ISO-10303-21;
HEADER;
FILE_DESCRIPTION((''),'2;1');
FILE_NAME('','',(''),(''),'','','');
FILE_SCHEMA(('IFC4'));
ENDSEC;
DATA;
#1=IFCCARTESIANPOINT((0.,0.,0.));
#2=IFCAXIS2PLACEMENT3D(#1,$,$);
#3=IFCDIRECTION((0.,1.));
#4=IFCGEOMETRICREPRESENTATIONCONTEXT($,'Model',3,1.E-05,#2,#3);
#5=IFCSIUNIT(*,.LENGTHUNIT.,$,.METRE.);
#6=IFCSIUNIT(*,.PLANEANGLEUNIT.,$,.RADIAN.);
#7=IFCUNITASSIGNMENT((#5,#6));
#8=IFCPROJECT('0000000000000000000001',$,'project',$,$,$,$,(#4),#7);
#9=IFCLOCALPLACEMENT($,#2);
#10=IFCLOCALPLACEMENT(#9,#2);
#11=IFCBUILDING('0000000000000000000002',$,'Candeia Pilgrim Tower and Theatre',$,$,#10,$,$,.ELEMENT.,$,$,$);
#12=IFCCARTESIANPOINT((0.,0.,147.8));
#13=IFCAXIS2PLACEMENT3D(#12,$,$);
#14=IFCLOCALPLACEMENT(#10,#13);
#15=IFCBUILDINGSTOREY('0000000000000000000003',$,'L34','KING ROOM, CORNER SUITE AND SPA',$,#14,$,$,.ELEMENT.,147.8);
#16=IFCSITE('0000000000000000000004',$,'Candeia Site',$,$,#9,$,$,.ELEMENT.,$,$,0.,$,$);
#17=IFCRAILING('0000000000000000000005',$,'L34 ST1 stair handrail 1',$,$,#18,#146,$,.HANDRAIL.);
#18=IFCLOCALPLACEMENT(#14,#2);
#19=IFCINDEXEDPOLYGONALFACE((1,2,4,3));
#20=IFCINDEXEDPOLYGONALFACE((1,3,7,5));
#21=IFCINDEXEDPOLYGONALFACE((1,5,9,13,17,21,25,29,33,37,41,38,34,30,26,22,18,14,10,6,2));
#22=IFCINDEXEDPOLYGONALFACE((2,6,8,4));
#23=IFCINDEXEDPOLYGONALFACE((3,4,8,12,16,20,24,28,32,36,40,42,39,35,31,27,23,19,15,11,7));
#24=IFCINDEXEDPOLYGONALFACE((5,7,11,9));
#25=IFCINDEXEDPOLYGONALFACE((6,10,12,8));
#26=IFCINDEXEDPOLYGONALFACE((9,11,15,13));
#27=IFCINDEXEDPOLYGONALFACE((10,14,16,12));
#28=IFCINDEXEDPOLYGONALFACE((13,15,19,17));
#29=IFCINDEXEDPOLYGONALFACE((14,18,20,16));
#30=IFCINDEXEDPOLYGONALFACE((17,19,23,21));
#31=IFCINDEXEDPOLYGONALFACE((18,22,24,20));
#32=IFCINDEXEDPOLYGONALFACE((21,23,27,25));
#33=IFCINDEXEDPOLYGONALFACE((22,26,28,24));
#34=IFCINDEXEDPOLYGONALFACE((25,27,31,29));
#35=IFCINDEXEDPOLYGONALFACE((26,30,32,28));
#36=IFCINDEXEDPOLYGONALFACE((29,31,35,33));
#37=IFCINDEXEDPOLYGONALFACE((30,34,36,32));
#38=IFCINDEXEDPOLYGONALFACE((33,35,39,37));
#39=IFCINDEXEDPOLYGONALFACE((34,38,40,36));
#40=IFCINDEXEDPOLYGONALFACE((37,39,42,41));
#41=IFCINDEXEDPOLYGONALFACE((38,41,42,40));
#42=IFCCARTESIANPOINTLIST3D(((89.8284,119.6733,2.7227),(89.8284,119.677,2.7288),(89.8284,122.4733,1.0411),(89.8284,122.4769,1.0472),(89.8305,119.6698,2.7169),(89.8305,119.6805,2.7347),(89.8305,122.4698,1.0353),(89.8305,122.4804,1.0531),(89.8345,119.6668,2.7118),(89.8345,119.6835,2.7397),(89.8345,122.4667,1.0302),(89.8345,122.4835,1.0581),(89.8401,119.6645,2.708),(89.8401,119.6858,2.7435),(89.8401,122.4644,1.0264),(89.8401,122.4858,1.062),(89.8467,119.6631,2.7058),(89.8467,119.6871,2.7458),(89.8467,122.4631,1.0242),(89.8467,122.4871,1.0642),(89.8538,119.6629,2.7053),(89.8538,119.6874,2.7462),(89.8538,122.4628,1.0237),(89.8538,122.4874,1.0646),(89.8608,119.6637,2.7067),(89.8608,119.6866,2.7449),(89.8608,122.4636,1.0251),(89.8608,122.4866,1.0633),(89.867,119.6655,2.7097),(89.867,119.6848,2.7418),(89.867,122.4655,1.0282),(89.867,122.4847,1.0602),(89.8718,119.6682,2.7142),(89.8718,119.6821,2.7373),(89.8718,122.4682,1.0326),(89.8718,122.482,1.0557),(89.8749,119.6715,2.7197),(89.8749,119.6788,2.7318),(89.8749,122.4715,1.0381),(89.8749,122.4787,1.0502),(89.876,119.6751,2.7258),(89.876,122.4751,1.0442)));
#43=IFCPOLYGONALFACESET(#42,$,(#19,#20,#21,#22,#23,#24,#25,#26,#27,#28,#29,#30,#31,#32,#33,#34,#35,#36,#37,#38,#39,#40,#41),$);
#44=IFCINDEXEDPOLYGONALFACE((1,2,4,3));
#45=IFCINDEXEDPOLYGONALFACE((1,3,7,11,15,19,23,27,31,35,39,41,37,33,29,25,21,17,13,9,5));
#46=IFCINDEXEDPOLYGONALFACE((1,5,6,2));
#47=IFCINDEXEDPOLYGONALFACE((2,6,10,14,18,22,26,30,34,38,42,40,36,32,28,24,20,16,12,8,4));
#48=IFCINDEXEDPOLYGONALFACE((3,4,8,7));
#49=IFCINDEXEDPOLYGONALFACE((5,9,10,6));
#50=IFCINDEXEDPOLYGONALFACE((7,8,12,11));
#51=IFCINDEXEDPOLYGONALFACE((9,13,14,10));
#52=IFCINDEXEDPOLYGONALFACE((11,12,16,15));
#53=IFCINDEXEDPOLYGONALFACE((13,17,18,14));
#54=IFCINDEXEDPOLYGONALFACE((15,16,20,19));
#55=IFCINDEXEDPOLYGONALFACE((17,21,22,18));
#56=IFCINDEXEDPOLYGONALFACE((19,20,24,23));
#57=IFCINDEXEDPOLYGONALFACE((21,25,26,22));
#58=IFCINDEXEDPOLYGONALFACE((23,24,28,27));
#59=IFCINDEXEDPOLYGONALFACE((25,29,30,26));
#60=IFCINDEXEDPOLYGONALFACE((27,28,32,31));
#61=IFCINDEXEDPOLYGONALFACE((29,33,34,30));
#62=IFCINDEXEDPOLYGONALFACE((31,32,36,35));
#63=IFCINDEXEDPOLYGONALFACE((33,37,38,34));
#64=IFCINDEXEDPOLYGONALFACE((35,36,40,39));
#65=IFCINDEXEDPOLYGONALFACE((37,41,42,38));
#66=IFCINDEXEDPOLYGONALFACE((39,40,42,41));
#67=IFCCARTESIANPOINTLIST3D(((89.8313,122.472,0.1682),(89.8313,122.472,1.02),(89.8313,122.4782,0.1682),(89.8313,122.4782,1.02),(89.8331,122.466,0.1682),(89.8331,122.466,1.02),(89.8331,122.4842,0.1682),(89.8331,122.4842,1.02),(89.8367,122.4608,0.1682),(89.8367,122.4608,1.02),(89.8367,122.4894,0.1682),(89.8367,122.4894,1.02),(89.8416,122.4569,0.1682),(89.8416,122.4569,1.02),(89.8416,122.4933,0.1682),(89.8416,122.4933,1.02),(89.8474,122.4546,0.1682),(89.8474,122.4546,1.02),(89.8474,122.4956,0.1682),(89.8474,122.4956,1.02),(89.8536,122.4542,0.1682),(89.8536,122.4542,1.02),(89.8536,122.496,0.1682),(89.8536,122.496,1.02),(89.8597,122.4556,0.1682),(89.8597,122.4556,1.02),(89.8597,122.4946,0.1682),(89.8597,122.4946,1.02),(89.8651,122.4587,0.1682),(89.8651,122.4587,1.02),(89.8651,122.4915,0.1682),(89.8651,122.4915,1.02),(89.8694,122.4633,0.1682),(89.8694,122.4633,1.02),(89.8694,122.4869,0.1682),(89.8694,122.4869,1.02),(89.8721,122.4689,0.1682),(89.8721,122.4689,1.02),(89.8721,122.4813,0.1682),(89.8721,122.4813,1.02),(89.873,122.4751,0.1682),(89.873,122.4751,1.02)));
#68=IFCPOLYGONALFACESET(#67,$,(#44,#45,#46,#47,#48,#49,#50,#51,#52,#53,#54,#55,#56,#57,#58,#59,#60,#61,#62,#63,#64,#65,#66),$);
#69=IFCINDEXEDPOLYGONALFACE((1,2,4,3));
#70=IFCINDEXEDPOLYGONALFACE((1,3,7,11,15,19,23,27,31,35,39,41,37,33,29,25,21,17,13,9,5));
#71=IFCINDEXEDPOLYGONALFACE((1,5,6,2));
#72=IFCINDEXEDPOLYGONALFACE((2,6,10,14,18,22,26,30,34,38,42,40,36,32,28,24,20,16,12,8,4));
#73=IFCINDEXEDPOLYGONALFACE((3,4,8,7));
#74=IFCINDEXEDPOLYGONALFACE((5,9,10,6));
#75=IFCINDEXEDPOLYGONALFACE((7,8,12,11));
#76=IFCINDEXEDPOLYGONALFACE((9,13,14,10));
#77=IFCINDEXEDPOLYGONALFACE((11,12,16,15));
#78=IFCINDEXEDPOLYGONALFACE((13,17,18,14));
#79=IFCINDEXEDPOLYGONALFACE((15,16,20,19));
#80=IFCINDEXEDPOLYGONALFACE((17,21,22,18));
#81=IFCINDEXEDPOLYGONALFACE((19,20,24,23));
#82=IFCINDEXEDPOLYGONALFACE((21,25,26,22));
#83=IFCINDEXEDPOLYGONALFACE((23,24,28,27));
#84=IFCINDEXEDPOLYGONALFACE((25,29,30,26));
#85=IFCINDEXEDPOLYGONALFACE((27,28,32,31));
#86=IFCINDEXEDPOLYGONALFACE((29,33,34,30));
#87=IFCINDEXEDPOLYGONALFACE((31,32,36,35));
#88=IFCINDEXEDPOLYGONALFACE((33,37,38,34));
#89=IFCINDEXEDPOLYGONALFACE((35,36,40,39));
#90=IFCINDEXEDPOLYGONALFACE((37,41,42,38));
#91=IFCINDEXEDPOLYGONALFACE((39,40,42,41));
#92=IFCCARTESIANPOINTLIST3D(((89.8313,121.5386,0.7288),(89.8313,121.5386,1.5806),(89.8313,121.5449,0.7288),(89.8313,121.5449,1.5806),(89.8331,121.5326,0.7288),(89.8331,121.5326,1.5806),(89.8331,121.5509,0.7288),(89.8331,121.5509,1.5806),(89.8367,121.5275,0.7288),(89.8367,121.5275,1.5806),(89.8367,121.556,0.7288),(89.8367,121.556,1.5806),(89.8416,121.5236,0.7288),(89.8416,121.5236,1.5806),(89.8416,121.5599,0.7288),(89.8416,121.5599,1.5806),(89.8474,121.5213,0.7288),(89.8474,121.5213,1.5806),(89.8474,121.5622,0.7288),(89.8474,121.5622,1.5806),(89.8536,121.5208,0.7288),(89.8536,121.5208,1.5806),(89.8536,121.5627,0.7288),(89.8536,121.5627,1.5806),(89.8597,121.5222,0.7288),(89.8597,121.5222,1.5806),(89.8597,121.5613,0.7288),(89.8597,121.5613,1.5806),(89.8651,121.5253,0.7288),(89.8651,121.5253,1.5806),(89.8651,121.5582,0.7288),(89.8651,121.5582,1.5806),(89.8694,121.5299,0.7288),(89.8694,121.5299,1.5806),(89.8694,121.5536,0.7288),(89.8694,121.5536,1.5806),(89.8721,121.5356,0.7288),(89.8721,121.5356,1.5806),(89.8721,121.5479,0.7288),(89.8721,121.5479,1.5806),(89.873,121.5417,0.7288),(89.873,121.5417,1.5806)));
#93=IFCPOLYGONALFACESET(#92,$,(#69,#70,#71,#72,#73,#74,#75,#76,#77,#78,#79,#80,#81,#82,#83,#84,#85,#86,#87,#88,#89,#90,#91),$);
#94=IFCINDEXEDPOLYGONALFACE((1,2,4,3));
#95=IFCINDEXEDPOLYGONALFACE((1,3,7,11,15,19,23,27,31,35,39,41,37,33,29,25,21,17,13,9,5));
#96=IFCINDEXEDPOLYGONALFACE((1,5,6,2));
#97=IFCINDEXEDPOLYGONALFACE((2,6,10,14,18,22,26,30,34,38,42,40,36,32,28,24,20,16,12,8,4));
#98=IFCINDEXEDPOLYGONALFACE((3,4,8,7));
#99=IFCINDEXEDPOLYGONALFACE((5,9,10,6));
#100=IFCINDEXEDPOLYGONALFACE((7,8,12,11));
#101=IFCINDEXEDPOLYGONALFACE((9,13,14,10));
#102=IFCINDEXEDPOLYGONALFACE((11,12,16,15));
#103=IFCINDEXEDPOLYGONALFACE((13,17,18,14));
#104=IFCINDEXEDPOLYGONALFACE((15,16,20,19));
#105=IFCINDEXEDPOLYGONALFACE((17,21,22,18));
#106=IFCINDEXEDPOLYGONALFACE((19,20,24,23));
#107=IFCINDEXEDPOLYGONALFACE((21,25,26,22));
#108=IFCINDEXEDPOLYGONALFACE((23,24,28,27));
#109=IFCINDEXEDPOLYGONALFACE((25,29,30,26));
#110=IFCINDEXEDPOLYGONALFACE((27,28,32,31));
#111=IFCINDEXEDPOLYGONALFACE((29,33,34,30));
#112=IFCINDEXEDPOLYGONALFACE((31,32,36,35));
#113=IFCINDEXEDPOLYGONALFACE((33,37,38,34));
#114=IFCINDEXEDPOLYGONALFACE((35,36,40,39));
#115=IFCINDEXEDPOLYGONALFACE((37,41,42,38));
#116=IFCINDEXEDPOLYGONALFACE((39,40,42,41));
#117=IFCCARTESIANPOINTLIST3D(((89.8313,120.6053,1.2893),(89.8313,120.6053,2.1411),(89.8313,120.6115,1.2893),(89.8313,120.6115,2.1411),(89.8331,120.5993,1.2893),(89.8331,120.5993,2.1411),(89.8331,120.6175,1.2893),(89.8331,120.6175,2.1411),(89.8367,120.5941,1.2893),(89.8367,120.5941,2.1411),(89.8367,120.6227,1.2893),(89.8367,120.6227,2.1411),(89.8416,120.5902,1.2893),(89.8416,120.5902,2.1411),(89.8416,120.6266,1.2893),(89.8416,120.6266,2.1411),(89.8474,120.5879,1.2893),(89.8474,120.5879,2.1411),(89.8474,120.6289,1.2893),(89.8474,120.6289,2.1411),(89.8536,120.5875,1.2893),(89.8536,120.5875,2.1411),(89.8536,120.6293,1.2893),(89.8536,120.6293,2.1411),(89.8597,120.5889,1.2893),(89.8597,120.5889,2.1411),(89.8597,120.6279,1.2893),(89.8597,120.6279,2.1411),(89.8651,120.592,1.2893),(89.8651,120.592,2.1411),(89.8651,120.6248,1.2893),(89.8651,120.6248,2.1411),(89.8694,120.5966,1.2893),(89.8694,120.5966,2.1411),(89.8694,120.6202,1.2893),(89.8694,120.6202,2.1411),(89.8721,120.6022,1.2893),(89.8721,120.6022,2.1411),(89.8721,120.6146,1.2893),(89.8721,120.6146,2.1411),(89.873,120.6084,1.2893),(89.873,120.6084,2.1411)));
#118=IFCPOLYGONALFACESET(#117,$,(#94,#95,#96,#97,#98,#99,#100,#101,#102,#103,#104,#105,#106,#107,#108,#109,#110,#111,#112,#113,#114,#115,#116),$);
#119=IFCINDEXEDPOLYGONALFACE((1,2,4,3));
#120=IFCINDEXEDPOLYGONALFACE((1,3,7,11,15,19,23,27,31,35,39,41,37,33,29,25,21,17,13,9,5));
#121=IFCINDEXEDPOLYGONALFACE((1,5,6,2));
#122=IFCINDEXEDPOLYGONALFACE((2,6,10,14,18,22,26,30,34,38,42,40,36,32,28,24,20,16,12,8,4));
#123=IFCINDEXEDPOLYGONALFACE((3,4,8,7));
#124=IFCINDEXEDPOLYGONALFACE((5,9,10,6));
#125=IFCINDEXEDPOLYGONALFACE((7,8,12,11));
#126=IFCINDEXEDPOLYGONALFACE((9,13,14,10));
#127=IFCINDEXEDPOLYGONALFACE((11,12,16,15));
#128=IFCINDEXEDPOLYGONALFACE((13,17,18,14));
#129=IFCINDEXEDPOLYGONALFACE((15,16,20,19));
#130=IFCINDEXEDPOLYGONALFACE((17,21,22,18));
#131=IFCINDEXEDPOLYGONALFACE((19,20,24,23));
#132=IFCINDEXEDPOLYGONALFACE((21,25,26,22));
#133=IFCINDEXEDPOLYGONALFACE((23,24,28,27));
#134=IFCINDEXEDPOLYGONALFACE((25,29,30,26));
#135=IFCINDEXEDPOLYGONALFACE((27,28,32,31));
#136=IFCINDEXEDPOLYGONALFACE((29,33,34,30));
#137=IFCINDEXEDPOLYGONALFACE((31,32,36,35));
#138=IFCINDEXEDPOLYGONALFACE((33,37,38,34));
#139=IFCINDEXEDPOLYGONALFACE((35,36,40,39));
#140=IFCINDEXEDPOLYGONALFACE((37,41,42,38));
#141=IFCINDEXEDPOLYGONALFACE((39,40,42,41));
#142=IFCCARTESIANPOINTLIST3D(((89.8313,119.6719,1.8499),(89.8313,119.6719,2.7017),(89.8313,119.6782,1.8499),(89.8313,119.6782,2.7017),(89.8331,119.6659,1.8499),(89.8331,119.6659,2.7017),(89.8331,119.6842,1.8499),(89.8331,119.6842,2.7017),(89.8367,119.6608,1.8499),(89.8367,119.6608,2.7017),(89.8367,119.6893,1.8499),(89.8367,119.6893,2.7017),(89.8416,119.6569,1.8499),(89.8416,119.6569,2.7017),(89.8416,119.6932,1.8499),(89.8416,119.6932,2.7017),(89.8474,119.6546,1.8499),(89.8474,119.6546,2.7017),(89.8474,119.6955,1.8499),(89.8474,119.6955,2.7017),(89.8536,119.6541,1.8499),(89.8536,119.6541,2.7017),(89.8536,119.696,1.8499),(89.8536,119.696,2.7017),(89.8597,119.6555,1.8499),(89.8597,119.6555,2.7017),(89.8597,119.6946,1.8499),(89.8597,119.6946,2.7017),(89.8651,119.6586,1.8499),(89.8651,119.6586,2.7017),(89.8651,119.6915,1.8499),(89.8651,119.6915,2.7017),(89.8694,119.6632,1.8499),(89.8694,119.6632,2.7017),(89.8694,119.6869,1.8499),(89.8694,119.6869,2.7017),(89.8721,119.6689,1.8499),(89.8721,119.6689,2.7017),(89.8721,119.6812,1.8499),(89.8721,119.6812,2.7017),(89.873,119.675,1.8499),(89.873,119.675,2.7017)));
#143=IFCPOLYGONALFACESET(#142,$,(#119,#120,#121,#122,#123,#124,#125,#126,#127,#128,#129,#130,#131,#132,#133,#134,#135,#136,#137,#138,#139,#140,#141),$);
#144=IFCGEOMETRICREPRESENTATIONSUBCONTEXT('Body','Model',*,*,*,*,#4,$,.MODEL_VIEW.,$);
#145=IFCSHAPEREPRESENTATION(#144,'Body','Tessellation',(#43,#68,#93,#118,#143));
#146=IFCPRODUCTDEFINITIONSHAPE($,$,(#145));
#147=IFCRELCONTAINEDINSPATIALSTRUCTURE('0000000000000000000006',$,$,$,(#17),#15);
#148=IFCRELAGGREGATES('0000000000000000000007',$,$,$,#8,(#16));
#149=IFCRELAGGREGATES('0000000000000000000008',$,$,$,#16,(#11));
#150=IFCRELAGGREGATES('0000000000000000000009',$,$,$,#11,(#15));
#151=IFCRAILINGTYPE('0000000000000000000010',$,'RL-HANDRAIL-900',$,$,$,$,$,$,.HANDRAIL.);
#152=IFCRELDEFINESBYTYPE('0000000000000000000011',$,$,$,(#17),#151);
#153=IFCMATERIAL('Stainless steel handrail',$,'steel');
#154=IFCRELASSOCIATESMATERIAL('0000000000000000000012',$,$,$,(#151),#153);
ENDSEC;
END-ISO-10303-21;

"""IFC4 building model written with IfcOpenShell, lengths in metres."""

from ifc_helpers import new_model, si_unit, direction, frame, origin, origin_2d, place, context, subcontext, project, spatial, circle, extrude, material, type_object, element, save


model = new_model("IFC4")

# Units and contexts
model_context = context("Model", 3, precision=1e-05, world=origin(), true_north=direction((0.0, 1.0)))
body_context = subcontext(model_context, "Body", "Model", "MODEL_VIEW")
ifc_project = project(units=[si_unit("LENGTHUNIT", "METRE"), si_unit("PLANEANGLEUNIT", "RADIAN")], contexts=[model_context])

# Site, building, storey
site_placement = place(None, origin())
site = spatial("IfcSite", under=ifc_project, at=site_placement, Name="Candeia Site", CompositionType="ELEMENT", RefElevation=0.0)
building_placement = place(site_placement, origin())
building = spatial("IfcBuilding", under=site, at=building_placement, Name="Candeia Pilgrim Tower and Theatre", CompositionType="ELEMENT")
storey_placement = place(building_placement, frame((0.0, 0.0, 147.8)))
storey = spatial("IfcBuildingStorey", under=building, at=storey_placement, Name="L34", Description="KING ROOM, CORNER SUITE AND SPA", CompositionType="ELEMENT", Elevation=147.8)

# Railing
ifc_material_1 = material(Name="Stainless steel handrail", Category="steel")
railing_type_1 = type_object("IfcRailingType", Name="RL-HANDRAIL-900", PredefinedType="HANDRAIL", material=ifc_material_1)
for number, where, name in (
    (1, (89.8521, 122.4751, 0.1682), "L34 ST1 stair handrail 1"),
):
    element("IfcRailing", number, at=place(storey_placement, frame(where)), inside=storey, type_object=railing_type_1, Name=name, PredefinedType="HANDRAIL", context=body_context, shape_type="SweptSolid", body=[
        extrude(circle(Radius=0.0239, at=origin_2d()), frame((0.0, 0.0, 0.876), z_axis=(0.0, -0.857275, 0.514858), x_axis=(1.0, 0.0, 0.0)), (0.0, 0.0, 1.0), 3.2661),
        extrude(circle(Radius=0.021, at=origin_2d()), origin(), (0.0, 0.0, 1.0), 0.8518),
        extrude(circle(Radius=0.021, at=origin_2d()), frame((0.0, -0.9333, 0.5605)), (0.0, 0.0, 1.0), 0.8518),
        extrude(circle(Radius=0.021, at=origin_2d()), frame((0.0, -1.8667, 1.1211)), (0.0, 0.0, 1.0), 0.8518),
        extrude(circle(Radius=0.021, at=origin_2d()), frame((0.0, -2.8, 1.6816)), (0.0, 0.0, 1.0), 0.8518),
    ])

save(model, "model.ifc")
